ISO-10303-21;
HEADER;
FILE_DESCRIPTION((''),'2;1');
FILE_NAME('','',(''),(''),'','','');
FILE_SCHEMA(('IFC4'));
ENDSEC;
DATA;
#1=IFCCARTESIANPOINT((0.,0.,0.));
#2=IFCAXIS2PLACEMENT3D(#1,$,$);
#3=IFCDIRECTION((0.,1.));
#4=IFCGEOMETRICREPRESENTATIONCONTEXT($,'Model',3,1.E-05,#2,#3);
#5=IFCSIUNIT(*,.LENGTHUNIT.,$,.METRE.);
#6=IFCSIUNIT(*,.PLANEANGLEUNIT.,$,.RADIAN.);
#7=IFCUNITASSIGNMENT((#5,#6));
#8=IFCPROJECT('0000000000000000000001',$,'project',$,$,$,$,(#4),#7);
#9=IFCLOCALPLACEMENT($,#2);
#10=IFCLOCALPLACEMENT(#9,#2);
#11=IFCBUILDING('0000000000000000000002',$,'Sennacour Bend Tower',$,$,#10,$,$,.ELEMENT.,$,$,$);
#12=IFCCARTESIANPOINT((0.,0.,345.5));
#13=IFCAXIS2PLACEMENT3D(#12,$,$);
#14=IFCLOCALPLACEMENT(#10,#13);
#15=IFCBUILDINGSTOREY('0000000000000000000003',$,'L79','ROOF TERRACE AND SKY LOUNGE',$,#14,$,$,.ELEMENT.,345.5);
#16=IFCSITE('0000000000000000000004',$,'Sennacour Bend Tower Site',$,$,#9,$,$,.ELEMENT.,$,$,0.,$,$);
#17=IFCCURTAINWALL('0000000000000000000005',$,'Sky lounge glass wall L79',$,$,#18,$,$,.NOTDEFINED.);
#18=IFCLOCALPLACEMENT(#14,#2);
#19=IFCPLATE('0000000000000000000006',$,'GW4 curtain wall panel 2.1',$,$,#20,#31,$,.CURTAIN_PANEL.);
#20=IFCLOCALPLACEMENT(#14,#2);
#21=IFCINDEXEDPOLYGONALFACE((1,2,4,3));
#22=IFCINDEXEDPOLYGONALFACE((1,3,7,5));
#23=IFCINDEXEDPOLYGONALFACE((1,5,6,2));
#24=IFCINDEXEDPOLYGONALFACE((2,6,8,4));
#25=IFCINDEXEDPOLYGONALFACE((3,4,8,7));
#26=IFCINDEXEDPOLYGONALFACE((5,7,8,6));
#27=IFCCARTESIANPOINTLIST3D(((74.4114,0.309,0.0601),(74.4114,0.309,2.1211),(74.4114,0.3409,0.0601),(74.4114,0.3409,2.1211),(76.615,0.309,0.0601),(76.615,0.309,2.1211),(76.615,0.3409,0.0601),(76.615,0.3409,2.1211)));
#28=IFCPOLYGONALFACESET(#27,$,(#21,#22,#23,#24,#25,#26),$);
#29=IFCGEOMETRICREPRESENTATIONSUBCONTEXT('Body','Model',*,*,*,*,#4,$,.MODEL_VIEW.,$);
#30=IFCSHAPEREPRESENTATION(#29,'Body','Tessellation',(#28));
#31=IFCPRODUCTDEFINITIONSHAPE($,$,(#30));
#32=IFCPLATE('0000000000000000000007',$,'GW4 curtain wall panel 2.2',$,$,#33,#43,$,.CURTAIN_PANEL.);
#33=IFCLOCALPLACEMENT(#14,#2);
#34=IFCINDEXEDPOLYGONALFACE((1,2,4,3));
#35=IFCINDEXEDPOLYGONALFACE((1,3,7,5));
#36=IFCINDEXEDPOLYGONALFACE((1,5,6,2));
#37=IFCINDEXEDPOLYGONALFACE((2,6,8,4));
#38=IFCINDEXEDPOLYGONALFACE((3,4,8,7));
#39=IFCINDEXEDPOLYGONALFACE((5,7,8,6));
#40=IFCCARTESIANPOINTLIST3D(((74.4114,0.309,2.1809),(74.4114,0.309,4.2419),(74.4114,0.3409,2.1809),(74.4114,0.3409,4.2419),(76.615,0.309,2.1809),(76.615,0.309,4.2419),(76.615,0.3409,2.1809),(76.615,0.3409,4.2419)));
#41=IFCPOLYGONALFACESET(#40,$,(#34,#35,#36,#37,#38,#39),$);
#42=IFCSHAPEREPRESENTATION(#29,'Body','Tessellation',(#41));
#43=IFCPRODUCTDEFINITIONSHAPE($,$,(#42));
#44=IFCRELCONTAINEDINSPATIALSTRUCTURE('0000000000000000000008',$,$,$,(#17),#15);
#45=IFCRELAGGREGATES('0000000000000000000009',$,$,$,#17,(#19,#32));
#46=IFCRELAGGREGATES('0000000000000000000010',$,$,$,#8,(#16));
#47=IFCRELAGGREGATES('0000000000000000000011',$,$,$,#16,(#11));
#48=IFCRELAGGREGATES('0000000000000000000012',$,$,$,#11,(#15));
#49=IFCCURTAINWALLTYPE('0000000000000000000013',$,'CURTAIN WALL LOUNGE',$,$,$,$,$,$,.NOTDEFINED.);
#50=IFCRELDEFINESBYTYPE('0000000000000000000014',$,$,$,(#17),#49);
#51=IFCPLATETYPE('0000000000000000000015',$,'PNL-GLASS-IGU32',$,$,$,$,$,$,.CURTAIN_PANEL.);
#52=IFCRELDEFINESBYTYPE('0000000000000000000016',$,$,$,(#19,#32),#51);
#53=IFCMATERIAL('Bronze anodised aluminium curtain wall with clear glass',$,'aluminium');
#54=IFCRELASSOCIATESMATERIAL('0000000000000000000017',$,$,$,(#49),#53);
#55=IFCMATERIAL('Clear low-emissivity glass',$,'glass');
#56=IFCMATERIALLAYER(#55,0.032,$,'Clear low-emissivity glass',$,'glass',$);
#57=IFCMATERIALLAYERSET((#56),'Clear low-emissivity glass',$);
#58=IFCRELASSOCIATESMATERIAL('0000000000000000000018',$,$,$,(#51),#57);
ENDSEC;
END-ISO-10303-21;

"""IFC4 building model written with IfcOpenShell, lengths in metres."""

from ifc_helpers import new_model, si_unit, direction, frame, origin, origin_2d, place, context, subcontext, project, spatial, rectangle, extrude, material, layer, layer_set, type_object, element, aggregate, save


model = new_model("IFC4")

# Units and contexts
model_context = context("Model", 3, precision=1e-05, world=origin(), true_north=direction((0.0, 1.0)))
body_context = subcontext(model_context, "Body", "Model", "MODEL_VIEW")
ifc_project = project(units=[si_unit("LENGTHUNIT", "METRE"), si_unit("PLANEANGLEUNIT", "RADIAN")], contexts=[model_context])

# Site, building, storey
site_placement = place(None, origin())
site = spatial("IfcSite", under=ifc_project, at=site_placement, Name="Sennacour Bend Tower Site", CompositionType="ELEMENT", RefElevation=0.0)
building_placement = place(site_placement, origin())
building = spatial("IfcBuilding", under=site, at=building_placement, Name="Sennacour Bend Tower", CompositionType="ELEMENT")
storey_placement = place(building_placement, frame((0.0, 0.0, 345.5)))
storey = spatial("IfcBuildingStorey", under=building, at=storey_placement, Name="L79", Description="ROOF TERRACE AND SKY LOUNGE", CompositionType="ELEMENT", Elevation=345.5)

# Shared definitions
ifc_material_1 = material(Name="Bronze anodised aluminium curtain wall with clear glass", Category="aluminium")
curtain_wall_type = type_object("IfcCurtainWallType", Name="CURTAIN WALL LOUNGE", PredefinedType="NOTDEFINED", material=ifc_material_1)

# Curtain wall
curtain_wall_1_placement = place(storey_placement, origin())
curtain_wall_1 = element("IfcCurtainWall", 1, at=curtain_wall_1_placement, inside=storey, type_object=curtain_wall_type, Name="Sky lounge glass wall L79", PredefinedType="NOTDEFINED")

# Plates
ifc_material_2 = material(Name="Clear low-emissivity glass", Category="glass")
ifc_layer = layer(ifc_material_2, 0.032, Name="Clear low-emissivity glass", Category="glass")
ifc_layer_set = layer_set([ifc_layer], Name="Clear low-emissivity glass")
plate_type = type_object("IfcPlateType", Name="PNL-GLASS-IGU32", PredefinedType="CURTAIN_PANEL", material=ifc_layer_set)
plate_1_placement = place(storey_placement, frame((75.5132, 0.325, 0.0601), z_axis=(0.0, 0.0, 1.0), x_axis=(1.0, 0.0, 0.0)))
plate_1 = element("IfcPlate", 2, at=plate_1_placement, type_object=plate_type, Name="GW4 curtain wall panel 2.1", PredefinedType="CURTAIN_PANEL", context=body_context, shape_type="SweptSolid", body=[
    extrude(rectangle(XDim=2.2036, YDim=0.032, at=origin_2d()), origin(), (0.0, 0.0, 1.0), 2.061),
])
plate_2_placement = place(storey_placement, frame((75.5132, 0.325, 2.1809), z_axis=(0.0, 0.0, 1.0), x_axis=(1.0, 0.0, 0.0)))
plate_2 = element("IfcPlate", 3, at=plate_2_placement, type_object=plate_type, Name="GW4 curtain wall panel 2.2", PredefinedType="CURTAIN_PANEL", context=body_context, shape_type="SweptSolid", body=[
    extrude(rectangle(XDim=2.2036, YDim=0.032, at=origin_2d()), origin(), (0.0, 0.0, 1.0), 2.061),
])
aggregate(curtain_wall_1, [plate_1, plate_2])

save(model, "model.ifc")
